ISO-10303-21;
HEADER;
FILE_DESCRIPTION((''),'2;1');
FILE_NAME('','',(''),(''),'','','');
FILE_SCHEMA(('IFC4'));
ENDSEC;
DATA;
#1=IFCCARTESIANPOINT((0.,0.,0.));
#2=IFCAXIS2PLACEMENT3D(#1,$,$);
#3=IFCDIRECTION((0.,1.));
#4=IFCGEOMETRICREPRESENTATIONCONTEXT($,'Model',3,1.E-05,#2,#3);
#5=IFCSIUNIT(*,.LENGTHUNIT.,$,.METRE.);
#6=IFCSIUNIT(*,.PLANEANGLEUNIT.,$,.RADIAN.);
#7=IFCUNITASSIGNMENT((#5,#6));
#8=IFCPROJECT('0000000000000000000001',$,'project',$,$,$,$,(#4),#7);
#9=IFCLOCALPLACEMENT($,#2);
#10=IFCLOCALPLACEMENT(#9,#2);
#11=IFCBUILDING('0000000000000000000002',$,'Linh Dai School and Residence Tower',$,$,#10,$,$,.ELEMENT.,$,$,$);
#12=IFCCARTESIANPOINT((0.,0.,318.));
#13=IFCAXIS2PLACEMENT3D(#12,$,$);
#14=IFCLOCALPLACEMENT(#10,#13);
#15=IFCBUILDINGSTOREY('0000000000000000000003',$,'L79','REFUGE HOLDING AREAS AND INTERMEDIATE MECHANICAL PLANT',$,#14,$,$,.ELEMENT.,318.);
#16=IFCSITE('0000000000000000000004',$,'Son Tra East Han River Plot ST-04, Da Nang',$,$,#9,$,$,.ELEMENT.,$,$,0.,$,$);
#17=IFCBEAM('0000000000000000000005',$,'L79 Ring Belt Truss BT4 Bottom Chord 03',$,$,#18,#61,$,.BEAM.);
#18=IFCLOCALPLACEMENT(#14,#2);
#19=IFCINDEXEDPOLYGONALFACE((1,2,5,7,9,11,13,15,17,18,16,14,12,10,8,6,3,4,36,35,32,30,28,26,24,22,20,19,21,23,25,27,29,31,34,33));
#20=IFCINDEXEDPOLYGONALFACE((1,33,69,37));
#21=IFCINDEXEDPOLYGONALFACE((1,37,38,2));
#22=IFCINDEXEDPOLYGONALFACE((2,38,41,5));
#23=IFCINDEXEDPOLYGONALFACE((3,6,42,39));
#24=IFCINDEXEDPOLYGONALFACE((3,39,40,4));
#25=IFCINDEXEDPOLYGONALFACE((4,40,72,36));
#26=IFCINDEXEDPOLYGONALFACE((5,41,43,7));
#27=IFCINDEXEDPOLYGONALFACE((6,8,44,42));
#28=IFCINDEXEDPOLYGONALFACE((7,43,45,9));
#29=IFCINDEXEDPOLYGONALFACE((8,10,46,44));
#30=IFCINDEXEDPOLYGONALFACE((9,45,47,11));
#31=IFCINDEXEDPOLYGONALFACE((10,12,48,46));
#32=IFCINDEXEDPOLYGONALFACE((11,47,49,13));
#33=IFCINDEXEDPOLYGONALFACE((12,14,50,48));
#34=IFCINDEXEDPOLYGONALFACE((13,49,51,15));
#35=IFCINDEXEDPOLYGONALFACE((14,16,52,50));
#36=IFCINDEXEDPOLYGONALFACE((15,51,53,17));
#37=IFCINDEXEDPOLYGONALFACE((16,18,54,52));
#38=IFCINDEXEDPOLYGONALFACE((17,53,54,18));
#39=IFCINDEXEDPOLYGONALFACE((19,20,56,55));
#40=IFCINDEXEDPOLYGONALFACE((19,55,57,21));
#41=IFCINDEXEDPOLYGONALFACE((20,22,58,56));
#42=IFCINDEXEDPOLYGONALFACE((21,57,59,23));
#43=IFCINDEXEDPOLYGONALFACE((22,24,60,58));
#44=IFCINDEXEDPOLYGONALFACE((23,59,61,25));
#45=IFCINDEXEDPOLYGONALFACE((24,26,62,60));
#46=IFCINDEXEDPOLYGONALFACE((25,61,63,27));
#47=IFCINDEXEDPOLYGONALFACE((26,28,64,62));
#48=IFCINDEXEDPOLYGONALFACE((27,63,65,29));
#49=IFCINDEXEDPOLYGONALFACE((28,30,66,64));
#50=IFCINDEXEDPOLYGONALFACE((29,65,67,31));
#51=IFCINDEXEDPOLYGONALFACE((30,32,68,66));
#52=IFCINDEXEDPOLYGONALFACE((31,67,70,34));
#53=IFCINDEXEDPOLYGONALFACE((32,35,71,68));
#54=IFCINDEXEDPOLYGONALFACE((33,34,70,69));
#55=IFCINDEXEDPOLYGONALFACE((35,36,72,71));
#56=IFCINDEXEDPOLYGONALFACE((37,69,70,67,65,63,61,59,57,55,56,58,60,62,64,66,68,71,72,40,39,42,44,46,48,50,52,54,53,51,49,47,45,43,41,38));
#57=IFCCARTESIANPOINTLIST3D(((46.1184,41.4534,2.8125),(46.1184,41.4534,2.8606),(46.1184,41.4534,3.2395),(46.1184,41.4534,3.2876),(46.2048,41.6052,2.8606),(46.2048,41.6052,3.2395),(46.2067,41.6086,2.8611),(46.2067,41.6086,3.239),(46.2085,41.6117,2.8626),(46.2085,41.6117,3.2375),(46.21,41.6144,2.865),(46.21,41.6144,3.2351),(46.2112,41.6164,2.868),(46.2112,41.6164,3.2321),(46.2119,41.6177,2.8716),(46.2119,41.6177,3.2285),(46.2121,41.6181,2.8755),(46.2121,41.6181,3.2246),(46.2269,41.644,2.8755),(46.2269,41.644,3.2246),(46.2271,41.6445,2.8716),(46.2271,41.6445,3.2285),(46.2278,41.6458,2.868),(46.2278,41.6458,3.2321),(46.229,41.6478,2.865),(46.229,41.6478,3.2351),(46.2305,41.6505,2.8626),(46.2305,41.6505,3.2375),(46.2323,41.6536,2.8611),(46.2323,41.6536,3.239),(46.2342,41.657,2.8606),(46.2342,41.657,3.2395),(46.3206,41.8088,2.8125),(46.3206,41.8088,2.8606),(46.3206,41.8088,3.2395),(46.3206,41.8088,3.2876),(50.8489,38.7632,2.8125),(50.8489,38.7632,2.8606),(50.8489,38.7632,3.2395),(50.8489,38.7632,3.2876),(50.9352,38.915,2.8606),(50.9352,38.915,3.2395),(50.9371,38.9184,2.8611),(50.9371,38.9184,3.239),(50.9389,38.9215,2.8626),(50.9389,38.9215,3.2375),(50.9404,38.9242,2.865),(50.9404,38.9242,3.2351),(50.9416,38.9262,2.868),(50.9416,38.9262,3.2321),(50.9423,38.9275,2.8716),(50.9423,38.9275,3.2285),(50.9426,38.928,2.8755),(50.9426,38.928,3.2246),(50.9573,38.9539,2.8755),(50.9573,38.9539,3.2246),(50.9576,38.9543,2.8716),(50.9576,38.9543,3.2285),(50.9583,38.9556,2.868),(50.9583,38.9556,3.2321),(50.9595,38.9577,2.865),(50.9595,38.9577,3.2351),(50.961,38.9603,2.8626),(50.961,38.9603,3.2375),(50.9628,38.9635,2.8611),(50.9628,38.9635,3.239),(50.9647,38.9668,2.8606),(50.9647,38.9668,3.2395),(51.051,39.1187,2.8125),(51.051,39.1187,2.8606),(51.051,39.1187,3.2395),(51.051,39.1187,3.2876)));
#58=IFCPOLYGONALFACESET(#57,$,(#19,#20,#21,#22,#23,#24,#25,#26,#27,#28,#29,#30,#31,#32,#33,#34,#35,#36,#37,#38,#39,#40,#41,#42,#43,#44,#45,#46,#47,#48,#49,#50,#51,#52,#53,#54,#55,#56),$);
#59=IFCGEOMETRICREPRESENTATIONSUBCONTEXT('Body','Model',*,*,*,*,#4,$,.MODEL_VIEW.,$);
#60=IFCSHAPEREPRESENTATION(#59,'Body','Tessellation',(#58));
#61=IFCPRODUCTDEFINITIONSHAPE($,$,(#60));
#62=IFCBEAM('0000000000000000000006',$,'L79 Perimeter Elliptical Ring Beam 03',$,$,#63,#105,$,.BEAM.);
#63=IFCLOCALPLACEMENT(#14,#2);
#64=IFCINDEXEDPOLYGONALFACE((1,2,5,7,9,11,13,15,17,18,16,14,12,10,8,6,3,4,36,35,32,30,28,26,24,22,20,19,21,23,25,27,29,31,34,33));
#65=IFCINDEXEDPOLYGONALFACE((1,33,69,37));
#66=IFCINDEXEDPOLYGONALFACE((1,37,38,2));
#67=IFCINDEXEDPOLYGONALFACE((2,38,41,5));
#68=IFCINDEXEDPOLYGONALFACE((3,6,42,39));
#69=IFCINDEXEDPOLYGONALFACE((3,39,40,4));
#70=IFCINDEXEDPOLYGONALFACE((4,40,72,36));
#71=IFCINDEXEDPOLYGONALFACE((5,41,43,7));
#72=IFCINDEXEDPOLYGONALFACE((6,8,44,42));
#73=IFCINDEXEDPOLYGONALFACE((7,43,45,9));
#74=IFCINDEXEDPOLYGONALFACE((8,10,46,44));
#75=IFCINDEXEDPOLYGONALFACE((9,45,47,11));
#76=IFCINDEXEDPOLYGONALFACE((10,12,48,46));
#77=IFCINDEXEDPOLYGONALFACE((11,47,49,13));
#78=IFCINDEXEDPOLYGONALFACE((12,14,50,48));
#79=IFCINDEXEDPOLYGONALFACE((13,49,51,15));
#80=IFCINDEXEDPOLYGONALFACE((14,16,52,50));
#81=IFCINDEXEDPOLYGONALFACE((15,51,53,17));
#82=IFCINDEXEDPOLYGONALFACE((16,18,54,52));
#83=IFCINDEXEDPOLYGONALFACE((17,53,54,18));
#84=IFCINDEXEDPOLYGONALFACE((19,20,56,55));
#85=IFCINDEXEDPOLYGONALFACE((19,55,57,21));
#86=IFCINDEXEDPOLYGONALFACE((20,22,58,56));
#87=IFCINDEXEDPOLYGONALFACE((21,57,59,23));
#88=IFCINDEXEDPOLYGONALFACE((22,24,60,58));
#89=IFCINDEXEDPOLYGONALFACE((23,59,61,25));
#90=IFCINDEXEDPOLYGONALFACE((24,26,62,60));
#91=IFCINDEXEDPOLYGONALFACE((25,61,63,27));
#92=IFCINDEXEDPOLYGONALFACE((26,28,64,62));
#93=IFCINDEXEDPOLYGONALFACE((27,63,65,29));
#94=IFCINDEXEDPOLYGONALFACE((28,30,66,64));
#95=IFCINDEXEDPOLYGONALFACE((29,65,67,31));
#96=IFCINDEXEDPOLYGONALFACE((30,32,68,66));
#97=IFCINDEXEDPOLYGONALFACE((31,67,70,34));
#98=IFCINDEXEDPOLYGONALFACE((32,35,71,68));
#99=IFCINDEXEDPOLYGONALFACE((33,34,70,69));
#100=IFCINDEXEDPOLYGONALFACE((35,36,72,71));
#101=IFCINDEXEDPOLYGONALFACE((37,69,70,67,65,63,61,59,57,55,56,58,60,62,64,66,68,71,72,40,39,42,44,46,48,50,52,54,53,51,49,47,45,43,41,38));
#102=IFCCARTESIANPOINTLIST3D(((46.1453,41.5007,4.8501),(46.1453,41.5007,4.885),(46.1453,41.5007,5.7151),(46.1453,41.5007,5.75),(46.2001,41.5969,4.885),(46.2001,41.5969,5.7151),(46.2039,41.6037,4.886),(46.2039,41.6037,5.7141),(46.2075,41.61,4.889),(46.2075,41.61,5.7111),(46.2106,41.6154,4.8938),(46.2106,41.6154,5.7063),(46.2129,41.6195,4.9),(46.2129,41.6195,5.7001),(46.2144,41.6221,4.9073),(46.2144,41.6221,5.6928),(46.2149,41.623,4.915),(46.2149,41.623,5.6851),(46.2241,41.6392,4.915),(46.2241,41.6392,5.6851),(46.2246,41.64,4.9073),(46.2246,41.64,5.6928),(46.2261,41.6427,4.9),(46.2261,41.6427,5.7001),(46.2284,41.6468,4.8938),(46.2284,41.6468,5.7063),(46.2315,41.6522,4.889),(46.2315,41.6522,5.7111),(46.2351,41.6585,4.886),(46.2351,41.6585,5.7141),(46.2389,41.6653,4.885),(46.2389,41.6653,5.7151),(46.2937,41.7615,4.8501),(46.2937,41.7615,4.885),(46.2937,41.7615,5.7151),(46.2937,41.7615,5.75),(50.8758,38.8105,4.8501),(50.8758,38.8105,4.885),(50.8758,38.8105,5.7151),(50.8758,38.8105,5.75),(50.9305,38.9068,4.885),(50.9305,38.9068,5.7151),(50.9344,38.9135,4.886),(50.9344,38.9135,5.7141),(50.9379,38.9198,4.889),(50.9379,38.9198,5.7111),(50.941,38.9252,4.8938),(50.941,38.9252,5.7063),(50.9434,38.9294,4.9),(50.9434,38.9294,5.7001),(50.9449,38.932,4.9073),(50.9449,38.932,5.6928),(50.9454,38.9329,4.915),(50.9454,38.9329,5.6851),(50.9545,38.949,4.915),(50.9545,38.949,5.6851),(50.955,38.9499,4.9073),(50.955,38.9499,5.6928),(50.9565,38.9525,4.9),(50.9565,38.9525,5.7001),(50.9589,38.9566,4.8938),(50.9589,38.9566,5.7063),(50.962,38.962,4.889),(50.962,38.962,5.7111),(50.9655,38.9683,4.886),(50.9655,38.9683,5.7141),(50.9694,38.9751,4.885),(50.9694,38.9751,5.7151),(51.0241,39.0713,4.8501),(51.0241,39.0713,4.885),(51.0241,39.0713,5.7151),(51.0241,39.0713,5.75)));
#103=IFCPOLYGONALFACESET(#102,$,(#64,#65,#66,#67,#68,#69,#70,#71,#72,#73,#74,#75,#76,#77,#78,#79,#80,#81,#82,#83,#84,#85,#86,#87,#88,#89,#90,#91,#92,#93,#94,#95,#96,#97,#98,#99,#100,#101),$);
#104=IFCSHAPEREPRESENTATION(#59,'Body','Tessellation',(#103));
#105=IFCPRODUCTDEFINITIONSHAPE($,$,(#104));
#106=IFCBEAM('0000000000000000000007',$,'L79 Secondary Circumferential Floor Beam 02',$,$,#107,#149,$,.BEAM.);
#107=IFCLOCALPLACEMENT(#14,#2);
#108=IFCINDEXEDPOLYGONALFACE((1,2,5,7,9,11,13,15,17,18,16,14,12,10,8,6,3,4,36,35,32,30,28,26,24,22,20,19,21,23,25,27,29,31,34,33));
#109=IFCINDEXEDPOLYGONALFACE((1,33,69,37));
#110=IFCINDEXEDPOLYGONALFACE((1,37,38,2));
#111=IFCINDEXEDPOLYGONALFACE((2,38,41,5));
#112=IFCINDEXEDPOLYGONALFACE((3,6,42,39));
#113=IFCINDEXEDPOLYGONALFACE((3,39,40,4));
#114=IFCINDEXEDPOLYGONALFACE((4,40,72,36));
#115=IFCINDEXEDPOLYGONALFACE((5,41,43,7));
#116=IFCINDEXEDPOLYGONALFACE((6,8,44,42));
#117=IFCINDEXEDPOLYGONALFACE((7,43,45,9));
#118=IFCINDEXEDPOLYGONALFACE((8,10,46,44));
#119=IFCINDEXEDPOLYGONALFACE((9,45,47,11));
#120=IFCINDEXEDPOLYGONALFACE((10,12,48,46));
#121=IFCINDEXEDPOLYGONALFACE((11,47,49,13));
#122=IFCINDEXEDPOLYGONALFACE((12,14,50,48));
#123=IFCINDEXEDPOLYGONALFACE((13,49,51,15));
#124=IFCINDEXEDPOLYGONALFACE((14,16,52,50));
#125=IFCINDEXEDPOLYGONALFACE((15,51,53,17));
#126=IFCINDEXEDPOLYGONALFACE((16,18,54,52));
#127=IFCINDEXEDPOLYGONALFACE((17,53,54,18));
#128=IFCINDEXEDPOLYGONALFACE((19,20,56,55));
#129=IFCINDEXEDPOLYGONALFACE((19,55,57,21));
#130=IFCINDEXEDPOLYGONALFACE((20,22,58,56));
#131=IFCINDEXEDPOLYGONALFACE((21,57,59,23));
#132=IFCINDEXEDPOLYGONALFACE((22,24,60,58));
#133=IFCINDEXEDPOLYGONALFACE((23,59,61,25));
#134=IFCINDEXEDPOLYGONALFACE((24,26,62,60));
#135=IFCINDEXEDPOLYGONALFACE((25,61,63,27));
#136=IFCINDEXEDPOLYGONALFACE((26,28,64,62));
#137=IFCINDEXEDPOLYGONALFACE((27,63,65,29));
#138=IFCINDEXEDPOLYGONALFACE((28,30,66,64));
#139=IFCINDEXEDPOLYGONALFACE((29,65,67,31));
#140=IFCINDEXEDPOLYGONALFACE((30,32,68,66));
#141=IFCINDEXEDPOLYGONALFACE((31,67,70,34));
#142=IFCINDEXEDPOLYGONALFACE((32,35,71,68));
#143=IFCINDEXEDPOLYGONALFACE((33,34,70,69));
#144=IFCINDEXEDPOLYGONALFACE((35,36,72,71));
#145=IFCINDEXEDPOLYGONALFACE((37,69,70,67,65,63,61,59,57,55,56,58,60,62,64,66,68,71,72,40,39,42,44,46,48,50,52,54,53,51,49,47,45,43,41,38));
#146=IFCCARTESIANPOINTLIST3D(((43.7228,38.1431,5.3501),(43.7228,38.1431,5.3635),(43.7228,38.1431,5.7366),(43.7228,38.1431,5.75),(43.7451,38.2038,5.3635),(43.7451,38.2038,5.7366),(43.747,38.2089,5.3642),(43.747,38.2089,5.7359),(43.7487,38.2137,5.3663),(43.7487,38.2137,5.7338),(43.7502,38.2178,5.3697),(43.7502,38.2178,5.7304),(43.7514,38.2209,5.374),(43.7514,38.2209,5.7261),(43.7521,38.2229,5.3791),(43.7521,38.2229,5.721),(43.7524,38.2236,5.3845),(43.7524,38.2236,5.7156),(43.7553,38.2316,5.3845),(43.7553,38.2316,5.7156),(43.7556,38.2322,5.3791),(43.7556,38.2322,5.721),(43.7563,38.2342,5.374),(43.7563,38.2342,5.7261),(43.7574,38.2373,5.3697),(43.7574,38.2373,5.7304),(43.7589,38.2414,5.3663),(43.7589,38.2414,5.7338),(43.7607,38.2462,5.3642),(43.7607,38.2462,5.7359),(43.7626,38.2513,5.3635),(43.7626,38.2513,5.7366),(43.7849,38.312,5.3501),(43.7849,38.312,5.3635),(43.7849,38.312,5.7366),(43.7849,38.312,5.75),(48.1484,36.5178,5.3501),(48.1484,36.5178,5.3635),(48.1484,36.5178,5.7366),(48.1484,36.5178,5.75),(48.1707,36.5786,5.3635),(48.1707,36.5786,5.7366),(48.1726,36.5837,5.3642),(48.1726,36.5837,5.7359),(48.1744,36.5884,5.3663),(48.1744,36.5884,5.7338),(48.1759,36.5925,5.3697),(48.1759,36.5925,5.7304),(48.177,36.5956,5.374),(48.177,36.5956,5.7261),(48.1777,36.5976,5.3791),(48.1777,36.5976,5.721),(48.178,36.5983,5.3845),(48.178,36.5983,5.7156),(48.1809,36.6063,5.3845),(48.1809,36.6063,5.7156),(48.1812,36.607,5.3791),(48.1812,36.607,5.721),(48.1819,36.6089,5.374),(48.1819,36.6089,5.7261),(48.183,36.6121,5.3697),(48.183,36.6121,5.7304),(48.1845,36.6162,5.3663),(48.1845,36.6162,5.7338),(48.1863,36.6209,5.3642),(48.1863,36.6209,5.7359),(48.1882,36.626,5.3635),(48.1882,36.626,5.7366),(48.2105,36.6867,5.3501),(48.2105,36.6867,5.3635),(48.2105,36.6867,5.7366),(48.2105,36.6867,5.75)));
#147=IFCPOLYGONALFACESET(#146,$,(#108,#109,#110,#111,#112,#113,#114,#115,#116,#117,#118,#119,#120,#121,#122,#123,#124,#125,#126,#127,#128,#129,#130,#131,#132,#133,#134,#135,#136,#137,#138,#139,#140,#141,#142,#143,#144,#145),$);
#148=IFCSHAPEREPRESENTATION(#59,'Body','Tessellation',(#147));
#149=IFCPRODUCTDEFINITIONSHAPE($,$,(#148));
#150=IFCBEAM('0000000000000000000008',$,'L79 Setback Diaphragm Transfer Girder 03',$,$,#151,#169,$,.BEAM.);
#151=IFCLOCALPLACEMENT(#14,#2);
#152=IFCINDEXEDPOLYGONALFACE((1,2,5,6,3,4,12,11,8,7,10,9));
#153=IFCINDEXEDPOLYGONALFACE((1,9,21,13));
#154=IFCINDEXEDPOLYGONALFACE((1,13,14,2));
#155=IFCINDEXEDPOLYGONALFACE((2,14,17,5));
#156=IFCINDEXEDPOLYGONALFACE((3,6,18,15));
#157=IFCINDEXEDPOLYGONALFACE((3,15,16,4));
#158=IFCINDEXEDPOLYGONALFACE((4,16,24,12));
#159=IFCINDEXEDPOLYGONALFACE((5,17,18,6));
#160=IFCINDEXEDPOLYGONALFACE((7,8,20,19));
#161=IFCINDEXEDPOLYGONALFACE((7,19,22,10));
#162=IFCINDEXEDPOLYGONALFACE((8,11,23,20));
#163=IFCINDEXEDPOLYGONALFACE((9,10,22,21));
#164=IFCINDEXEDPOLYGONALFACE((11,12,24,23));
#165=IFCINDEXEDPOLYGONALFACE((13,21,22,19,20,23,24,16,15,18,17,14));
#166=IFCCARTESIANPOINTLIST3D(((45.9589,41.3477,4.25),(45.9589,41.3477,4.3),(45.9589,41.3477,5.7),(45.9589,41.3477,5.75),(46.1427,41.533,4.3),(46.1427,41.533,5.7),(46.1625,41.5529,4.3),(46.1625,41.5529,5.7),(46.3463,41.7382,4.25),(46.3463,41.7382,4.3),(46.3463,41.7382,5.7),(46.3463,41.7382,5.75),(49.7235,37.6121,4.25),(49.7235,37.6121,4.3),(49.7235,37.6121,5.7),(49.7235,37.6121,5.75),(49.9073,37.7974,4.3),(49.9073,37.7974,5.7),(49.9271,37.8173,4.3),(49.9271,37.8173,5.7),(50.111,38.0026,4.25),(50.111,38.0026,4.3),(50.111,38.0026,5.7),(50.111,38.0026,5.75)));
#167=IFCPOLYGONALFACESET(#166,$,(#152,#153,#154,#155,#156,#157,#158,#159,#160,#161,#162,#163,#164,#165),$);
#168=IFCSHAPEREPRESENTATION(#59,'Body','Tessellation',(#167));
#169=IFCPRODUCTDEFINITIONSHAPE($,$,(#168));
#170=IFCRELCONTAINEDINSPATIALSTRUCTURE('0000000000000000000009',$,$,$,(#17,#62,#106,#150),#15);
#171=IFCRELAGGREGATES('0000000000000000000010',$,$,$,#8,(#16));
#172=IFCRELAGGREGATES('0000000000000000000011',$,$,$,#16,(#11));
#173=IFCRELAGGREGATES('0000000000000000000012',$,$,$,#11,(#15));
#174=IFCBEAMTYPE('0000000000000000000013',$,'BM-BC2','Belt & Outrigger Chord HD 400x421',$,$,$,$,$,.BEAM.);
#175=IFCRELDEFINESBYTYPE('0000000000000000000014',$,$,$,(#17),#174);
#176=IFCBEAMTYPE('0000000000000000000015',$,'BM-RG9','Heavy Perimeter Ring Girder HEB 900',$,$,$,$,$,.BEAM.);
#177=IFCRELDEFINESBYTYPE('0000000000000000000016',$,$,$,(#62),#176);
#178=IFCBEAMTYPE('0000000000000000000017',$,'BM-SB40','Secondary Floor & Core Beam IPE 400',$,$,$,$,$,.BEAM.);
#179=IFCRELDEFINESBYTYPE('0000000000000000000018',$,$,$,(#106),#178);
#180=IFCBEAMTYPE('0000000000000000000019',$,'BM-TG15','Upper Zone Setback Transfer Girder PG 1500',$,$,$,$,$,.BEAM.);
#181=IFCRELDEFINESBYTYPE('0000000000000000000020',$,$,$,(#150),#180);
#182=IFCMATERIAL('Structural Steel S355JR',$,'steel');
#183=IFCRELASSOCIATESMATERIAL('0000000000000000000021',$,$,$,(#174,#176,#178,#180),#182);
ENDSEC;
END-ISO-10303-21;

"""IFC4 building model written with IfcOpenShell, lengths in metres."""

from ifc_helpers import new_model, si_unit, direction, frame, origin, origin_2d, place, context, subcontext, project, spatial, i_section, extrude, material, material_profile, profile_set, type_object, element, save


model = new_model("IFC4")

# Units and contexts
model_context = context("Model", 3, precision=1e-05, world=origin(), true_north=direction((0.0, 1.0)))
body_context = subcontext(model_context, "Body", "Model", "MODEL_VIEW")
ifc_project = project(units=[si_unit("LENGTHUNIT", "METRE"), si_unit("PLANEANGLEUNIT", "RADIAN")], contexts=[model_context])

# Site, building, storey
site_placement = place(None, origin())
site = spatial("IfcSite", under=ifc_project, at=site_placement, Name="Son Tra East Han River Plot ST-04, Da Nang", CompositionType="ELEMENT", RefElevation=0.0)
building_placement = place(site_placement, origin())
building = spatial("IfcBuilding", under=site, at=building_placement, Name="Linh Dai School and Residence Tower", CompositionType="ELEMENT")
storey_placement = place(building_placement, frame((0.0, 0.0, 318.0)))
storey = spatial("IfcBuildingStorey", under=building, at=storey_placement, Name="L79", Description="REFUGE HOLDING AREAS AND INTERMEDIATE MECHANICAL PLANT", CompositionType="ELEMENT", Elevation=318.0)

# Shared definitions
ifc_material_1 = material(Name="Structural Steel S355JR", Category="steel")

# Beams
ifc_material_profile_1 = material_profile(ifc_material_1, i_section(OverallWidth=0.4089, OverallDepth=0.4751, WebThickness=0.0298, FlangeThickness=0.0481, FilletRadius=0.0149, at=origin_2d()), Name="HD 400x421")
ifc_profile_set_1 = profile_set([ifc_material_profile_1], Name="Structural Steel S355JR")
beam_type_1 = type_object("IfcBeamType", Name="BM-BC2", Description="Belt & Outrigger Chord HD 400x421", PredefinedType="BEAM", material=ifc_profile_set_1)
beam_1_placement = place(storey_placement, frame((50.95, 38.9409, 3.05), z_axis=(-0.869266, 0.494345, 0.0), x_axis=(-0.494345, -0.869266, 0.0)))
element("IfcBeam", 1, at=beam_1_placement, inside=storey, type_object=beam_type_1, Name="L79 Ring Belt Truss BT4 Bottom Chord 03", PredefinedType="BEAM", context=body_context, shape_type="SweptSolid", body=[
    extrude(i_section(OverallWidth=0.4089, OverallDepth=0.4751, WebThickness=0.0298, FlangeThickness=0.0481, FilletRadius=0.0149, at=origin_2d()), origin(), (0.0, 0.0, 1.0), 5.4419),
])
ifc_material_profile_2 = material_profile(ifc_material_1, i_section(OverallWidth=0.3, OverallDepth=0.8999, WebThickness=0.0186, FlangeThickness=0.0349, FilletRadius=0.03, at=origin_2d()), Name="HEB 900")
ifc_profile_set_2 = profile_set([ifc_material_profile_2], Name="Structural Steel S355JR")
beam_type_2 = type_object("IfcBeamType", Name="BM-RG9", Description="Heavy Perimeter Ring Girder HEB 900", PredefinedType="BEAM", material=ifc_profile_set_2)
beam_2_placement = place(storey_placement, frame((50.95, 38.9409, 5.3), z_axis=(-0.869266, 0.494345, 0.0), x_axis=(-0.494345, -0.869266, 0.0)))
element("IfcBeam", 2, at=beam_2_placement, inside=storey, type_object=beam_type_2, Name="L79 Perimeter Elliptical Ring Beam 03", PredefinedType="BEAM", context=body_context, shape_type="SweptSolid", body=[
    extrude(i_section(OverallWidth=0.3, OverallDepth=0.8999, WebThickness=0.0186, FlangeThickness=0.0349, FilletRadius=0.03, at=origin_2d()), origin(), (0.0, 0.0, 1.0), 5.4419),
])
ifc_material_profile_3 = material_profile(ifc_material_1, i_section(OverallWidth=0.1799, OverallDepth=0.3999, WebThickness=0.0085, FlangeThickness=0.0134, FilletRadius=0.021, at=origin_2d()), Name="IPE 400")
ifc_profile_set_3 = profile_set([ifc_material_profile_3], Name="Structural Steel S355JR")
beam_type_3 = type_object("IfcBeamType", Name="BM-SB40", Description="Secondary Floor & Core Beam IPE 400", PredefinedType="BEAM", material=ifc_profile_set_3)
beam_3_placement = place(storey_placement, frame((48.1794, 36.6023, 5.55), z_axis=(-0.938702, 0.344731, 0.0), x_axis=(-0.344731, -0.938702, 0.0)))
element("IfcBeam", 3, at=beam_3_placement, inside=storey, type_object=beam_type_3, Name="L79 Secondary Circumferential Floor Beam 02", PredefinedType="BEAM", context=body_context, shape_type="SweptSolid", body=[
    extrude(i_section(OverallWidth=0.1799, OverallDepth=0.3999, WebThickness=0.0085, FlangeThickness=0.0134, FilletRadius=0.021, at=origin_2d()), origin(), (0.0, 0.0, 1.0), 4.7146),
])
ifc_material_profile_4 = material_profile(ifc_material_1, i_section(OverallWidth=0.55, OverallDepth=1.5, WebThickness=0.0281, FlangeThickness=0.05, at=origin_2d()), Name="PG 1500x550x28x50")
ifc_profile_set_4 = profile_set([ifc_material_profile_4], Name="Structural Steel S355JR")
beam_type_4 = type_object("IfcBeamType", Name="BM-TG15", Description="Upper Zone Setback Transfer Girder PG 1500", PredefinedType="BEAM", material=ifc_profile_set_4)
beam_4_placement = place(storey_placement, frame((49.9172, 37.8074, 5.0), z_axis=(-0.70984, 0.704362, 0.0), x_axis=(-0.704362, -0.70984, 0.0)))
element("IfcBeam", 4, at=beam_4_placement, inside=storey, type_object=beam_type_4, Name="L79 Setback Diaphragm Transfer Girder 03", PredefinedType="BEAM", context=body_context, shape_type="SweptSolid", body=[
    extrude(i_section(OverallWidth=0.55, OverallDepth=1.5, WebThickness=0.0281, FlangeThickness=0.05, at=origin_2d()), origin(), (0.0, 0.0, 1.0), 5.3035),
])

save(model, "model.ifc")
